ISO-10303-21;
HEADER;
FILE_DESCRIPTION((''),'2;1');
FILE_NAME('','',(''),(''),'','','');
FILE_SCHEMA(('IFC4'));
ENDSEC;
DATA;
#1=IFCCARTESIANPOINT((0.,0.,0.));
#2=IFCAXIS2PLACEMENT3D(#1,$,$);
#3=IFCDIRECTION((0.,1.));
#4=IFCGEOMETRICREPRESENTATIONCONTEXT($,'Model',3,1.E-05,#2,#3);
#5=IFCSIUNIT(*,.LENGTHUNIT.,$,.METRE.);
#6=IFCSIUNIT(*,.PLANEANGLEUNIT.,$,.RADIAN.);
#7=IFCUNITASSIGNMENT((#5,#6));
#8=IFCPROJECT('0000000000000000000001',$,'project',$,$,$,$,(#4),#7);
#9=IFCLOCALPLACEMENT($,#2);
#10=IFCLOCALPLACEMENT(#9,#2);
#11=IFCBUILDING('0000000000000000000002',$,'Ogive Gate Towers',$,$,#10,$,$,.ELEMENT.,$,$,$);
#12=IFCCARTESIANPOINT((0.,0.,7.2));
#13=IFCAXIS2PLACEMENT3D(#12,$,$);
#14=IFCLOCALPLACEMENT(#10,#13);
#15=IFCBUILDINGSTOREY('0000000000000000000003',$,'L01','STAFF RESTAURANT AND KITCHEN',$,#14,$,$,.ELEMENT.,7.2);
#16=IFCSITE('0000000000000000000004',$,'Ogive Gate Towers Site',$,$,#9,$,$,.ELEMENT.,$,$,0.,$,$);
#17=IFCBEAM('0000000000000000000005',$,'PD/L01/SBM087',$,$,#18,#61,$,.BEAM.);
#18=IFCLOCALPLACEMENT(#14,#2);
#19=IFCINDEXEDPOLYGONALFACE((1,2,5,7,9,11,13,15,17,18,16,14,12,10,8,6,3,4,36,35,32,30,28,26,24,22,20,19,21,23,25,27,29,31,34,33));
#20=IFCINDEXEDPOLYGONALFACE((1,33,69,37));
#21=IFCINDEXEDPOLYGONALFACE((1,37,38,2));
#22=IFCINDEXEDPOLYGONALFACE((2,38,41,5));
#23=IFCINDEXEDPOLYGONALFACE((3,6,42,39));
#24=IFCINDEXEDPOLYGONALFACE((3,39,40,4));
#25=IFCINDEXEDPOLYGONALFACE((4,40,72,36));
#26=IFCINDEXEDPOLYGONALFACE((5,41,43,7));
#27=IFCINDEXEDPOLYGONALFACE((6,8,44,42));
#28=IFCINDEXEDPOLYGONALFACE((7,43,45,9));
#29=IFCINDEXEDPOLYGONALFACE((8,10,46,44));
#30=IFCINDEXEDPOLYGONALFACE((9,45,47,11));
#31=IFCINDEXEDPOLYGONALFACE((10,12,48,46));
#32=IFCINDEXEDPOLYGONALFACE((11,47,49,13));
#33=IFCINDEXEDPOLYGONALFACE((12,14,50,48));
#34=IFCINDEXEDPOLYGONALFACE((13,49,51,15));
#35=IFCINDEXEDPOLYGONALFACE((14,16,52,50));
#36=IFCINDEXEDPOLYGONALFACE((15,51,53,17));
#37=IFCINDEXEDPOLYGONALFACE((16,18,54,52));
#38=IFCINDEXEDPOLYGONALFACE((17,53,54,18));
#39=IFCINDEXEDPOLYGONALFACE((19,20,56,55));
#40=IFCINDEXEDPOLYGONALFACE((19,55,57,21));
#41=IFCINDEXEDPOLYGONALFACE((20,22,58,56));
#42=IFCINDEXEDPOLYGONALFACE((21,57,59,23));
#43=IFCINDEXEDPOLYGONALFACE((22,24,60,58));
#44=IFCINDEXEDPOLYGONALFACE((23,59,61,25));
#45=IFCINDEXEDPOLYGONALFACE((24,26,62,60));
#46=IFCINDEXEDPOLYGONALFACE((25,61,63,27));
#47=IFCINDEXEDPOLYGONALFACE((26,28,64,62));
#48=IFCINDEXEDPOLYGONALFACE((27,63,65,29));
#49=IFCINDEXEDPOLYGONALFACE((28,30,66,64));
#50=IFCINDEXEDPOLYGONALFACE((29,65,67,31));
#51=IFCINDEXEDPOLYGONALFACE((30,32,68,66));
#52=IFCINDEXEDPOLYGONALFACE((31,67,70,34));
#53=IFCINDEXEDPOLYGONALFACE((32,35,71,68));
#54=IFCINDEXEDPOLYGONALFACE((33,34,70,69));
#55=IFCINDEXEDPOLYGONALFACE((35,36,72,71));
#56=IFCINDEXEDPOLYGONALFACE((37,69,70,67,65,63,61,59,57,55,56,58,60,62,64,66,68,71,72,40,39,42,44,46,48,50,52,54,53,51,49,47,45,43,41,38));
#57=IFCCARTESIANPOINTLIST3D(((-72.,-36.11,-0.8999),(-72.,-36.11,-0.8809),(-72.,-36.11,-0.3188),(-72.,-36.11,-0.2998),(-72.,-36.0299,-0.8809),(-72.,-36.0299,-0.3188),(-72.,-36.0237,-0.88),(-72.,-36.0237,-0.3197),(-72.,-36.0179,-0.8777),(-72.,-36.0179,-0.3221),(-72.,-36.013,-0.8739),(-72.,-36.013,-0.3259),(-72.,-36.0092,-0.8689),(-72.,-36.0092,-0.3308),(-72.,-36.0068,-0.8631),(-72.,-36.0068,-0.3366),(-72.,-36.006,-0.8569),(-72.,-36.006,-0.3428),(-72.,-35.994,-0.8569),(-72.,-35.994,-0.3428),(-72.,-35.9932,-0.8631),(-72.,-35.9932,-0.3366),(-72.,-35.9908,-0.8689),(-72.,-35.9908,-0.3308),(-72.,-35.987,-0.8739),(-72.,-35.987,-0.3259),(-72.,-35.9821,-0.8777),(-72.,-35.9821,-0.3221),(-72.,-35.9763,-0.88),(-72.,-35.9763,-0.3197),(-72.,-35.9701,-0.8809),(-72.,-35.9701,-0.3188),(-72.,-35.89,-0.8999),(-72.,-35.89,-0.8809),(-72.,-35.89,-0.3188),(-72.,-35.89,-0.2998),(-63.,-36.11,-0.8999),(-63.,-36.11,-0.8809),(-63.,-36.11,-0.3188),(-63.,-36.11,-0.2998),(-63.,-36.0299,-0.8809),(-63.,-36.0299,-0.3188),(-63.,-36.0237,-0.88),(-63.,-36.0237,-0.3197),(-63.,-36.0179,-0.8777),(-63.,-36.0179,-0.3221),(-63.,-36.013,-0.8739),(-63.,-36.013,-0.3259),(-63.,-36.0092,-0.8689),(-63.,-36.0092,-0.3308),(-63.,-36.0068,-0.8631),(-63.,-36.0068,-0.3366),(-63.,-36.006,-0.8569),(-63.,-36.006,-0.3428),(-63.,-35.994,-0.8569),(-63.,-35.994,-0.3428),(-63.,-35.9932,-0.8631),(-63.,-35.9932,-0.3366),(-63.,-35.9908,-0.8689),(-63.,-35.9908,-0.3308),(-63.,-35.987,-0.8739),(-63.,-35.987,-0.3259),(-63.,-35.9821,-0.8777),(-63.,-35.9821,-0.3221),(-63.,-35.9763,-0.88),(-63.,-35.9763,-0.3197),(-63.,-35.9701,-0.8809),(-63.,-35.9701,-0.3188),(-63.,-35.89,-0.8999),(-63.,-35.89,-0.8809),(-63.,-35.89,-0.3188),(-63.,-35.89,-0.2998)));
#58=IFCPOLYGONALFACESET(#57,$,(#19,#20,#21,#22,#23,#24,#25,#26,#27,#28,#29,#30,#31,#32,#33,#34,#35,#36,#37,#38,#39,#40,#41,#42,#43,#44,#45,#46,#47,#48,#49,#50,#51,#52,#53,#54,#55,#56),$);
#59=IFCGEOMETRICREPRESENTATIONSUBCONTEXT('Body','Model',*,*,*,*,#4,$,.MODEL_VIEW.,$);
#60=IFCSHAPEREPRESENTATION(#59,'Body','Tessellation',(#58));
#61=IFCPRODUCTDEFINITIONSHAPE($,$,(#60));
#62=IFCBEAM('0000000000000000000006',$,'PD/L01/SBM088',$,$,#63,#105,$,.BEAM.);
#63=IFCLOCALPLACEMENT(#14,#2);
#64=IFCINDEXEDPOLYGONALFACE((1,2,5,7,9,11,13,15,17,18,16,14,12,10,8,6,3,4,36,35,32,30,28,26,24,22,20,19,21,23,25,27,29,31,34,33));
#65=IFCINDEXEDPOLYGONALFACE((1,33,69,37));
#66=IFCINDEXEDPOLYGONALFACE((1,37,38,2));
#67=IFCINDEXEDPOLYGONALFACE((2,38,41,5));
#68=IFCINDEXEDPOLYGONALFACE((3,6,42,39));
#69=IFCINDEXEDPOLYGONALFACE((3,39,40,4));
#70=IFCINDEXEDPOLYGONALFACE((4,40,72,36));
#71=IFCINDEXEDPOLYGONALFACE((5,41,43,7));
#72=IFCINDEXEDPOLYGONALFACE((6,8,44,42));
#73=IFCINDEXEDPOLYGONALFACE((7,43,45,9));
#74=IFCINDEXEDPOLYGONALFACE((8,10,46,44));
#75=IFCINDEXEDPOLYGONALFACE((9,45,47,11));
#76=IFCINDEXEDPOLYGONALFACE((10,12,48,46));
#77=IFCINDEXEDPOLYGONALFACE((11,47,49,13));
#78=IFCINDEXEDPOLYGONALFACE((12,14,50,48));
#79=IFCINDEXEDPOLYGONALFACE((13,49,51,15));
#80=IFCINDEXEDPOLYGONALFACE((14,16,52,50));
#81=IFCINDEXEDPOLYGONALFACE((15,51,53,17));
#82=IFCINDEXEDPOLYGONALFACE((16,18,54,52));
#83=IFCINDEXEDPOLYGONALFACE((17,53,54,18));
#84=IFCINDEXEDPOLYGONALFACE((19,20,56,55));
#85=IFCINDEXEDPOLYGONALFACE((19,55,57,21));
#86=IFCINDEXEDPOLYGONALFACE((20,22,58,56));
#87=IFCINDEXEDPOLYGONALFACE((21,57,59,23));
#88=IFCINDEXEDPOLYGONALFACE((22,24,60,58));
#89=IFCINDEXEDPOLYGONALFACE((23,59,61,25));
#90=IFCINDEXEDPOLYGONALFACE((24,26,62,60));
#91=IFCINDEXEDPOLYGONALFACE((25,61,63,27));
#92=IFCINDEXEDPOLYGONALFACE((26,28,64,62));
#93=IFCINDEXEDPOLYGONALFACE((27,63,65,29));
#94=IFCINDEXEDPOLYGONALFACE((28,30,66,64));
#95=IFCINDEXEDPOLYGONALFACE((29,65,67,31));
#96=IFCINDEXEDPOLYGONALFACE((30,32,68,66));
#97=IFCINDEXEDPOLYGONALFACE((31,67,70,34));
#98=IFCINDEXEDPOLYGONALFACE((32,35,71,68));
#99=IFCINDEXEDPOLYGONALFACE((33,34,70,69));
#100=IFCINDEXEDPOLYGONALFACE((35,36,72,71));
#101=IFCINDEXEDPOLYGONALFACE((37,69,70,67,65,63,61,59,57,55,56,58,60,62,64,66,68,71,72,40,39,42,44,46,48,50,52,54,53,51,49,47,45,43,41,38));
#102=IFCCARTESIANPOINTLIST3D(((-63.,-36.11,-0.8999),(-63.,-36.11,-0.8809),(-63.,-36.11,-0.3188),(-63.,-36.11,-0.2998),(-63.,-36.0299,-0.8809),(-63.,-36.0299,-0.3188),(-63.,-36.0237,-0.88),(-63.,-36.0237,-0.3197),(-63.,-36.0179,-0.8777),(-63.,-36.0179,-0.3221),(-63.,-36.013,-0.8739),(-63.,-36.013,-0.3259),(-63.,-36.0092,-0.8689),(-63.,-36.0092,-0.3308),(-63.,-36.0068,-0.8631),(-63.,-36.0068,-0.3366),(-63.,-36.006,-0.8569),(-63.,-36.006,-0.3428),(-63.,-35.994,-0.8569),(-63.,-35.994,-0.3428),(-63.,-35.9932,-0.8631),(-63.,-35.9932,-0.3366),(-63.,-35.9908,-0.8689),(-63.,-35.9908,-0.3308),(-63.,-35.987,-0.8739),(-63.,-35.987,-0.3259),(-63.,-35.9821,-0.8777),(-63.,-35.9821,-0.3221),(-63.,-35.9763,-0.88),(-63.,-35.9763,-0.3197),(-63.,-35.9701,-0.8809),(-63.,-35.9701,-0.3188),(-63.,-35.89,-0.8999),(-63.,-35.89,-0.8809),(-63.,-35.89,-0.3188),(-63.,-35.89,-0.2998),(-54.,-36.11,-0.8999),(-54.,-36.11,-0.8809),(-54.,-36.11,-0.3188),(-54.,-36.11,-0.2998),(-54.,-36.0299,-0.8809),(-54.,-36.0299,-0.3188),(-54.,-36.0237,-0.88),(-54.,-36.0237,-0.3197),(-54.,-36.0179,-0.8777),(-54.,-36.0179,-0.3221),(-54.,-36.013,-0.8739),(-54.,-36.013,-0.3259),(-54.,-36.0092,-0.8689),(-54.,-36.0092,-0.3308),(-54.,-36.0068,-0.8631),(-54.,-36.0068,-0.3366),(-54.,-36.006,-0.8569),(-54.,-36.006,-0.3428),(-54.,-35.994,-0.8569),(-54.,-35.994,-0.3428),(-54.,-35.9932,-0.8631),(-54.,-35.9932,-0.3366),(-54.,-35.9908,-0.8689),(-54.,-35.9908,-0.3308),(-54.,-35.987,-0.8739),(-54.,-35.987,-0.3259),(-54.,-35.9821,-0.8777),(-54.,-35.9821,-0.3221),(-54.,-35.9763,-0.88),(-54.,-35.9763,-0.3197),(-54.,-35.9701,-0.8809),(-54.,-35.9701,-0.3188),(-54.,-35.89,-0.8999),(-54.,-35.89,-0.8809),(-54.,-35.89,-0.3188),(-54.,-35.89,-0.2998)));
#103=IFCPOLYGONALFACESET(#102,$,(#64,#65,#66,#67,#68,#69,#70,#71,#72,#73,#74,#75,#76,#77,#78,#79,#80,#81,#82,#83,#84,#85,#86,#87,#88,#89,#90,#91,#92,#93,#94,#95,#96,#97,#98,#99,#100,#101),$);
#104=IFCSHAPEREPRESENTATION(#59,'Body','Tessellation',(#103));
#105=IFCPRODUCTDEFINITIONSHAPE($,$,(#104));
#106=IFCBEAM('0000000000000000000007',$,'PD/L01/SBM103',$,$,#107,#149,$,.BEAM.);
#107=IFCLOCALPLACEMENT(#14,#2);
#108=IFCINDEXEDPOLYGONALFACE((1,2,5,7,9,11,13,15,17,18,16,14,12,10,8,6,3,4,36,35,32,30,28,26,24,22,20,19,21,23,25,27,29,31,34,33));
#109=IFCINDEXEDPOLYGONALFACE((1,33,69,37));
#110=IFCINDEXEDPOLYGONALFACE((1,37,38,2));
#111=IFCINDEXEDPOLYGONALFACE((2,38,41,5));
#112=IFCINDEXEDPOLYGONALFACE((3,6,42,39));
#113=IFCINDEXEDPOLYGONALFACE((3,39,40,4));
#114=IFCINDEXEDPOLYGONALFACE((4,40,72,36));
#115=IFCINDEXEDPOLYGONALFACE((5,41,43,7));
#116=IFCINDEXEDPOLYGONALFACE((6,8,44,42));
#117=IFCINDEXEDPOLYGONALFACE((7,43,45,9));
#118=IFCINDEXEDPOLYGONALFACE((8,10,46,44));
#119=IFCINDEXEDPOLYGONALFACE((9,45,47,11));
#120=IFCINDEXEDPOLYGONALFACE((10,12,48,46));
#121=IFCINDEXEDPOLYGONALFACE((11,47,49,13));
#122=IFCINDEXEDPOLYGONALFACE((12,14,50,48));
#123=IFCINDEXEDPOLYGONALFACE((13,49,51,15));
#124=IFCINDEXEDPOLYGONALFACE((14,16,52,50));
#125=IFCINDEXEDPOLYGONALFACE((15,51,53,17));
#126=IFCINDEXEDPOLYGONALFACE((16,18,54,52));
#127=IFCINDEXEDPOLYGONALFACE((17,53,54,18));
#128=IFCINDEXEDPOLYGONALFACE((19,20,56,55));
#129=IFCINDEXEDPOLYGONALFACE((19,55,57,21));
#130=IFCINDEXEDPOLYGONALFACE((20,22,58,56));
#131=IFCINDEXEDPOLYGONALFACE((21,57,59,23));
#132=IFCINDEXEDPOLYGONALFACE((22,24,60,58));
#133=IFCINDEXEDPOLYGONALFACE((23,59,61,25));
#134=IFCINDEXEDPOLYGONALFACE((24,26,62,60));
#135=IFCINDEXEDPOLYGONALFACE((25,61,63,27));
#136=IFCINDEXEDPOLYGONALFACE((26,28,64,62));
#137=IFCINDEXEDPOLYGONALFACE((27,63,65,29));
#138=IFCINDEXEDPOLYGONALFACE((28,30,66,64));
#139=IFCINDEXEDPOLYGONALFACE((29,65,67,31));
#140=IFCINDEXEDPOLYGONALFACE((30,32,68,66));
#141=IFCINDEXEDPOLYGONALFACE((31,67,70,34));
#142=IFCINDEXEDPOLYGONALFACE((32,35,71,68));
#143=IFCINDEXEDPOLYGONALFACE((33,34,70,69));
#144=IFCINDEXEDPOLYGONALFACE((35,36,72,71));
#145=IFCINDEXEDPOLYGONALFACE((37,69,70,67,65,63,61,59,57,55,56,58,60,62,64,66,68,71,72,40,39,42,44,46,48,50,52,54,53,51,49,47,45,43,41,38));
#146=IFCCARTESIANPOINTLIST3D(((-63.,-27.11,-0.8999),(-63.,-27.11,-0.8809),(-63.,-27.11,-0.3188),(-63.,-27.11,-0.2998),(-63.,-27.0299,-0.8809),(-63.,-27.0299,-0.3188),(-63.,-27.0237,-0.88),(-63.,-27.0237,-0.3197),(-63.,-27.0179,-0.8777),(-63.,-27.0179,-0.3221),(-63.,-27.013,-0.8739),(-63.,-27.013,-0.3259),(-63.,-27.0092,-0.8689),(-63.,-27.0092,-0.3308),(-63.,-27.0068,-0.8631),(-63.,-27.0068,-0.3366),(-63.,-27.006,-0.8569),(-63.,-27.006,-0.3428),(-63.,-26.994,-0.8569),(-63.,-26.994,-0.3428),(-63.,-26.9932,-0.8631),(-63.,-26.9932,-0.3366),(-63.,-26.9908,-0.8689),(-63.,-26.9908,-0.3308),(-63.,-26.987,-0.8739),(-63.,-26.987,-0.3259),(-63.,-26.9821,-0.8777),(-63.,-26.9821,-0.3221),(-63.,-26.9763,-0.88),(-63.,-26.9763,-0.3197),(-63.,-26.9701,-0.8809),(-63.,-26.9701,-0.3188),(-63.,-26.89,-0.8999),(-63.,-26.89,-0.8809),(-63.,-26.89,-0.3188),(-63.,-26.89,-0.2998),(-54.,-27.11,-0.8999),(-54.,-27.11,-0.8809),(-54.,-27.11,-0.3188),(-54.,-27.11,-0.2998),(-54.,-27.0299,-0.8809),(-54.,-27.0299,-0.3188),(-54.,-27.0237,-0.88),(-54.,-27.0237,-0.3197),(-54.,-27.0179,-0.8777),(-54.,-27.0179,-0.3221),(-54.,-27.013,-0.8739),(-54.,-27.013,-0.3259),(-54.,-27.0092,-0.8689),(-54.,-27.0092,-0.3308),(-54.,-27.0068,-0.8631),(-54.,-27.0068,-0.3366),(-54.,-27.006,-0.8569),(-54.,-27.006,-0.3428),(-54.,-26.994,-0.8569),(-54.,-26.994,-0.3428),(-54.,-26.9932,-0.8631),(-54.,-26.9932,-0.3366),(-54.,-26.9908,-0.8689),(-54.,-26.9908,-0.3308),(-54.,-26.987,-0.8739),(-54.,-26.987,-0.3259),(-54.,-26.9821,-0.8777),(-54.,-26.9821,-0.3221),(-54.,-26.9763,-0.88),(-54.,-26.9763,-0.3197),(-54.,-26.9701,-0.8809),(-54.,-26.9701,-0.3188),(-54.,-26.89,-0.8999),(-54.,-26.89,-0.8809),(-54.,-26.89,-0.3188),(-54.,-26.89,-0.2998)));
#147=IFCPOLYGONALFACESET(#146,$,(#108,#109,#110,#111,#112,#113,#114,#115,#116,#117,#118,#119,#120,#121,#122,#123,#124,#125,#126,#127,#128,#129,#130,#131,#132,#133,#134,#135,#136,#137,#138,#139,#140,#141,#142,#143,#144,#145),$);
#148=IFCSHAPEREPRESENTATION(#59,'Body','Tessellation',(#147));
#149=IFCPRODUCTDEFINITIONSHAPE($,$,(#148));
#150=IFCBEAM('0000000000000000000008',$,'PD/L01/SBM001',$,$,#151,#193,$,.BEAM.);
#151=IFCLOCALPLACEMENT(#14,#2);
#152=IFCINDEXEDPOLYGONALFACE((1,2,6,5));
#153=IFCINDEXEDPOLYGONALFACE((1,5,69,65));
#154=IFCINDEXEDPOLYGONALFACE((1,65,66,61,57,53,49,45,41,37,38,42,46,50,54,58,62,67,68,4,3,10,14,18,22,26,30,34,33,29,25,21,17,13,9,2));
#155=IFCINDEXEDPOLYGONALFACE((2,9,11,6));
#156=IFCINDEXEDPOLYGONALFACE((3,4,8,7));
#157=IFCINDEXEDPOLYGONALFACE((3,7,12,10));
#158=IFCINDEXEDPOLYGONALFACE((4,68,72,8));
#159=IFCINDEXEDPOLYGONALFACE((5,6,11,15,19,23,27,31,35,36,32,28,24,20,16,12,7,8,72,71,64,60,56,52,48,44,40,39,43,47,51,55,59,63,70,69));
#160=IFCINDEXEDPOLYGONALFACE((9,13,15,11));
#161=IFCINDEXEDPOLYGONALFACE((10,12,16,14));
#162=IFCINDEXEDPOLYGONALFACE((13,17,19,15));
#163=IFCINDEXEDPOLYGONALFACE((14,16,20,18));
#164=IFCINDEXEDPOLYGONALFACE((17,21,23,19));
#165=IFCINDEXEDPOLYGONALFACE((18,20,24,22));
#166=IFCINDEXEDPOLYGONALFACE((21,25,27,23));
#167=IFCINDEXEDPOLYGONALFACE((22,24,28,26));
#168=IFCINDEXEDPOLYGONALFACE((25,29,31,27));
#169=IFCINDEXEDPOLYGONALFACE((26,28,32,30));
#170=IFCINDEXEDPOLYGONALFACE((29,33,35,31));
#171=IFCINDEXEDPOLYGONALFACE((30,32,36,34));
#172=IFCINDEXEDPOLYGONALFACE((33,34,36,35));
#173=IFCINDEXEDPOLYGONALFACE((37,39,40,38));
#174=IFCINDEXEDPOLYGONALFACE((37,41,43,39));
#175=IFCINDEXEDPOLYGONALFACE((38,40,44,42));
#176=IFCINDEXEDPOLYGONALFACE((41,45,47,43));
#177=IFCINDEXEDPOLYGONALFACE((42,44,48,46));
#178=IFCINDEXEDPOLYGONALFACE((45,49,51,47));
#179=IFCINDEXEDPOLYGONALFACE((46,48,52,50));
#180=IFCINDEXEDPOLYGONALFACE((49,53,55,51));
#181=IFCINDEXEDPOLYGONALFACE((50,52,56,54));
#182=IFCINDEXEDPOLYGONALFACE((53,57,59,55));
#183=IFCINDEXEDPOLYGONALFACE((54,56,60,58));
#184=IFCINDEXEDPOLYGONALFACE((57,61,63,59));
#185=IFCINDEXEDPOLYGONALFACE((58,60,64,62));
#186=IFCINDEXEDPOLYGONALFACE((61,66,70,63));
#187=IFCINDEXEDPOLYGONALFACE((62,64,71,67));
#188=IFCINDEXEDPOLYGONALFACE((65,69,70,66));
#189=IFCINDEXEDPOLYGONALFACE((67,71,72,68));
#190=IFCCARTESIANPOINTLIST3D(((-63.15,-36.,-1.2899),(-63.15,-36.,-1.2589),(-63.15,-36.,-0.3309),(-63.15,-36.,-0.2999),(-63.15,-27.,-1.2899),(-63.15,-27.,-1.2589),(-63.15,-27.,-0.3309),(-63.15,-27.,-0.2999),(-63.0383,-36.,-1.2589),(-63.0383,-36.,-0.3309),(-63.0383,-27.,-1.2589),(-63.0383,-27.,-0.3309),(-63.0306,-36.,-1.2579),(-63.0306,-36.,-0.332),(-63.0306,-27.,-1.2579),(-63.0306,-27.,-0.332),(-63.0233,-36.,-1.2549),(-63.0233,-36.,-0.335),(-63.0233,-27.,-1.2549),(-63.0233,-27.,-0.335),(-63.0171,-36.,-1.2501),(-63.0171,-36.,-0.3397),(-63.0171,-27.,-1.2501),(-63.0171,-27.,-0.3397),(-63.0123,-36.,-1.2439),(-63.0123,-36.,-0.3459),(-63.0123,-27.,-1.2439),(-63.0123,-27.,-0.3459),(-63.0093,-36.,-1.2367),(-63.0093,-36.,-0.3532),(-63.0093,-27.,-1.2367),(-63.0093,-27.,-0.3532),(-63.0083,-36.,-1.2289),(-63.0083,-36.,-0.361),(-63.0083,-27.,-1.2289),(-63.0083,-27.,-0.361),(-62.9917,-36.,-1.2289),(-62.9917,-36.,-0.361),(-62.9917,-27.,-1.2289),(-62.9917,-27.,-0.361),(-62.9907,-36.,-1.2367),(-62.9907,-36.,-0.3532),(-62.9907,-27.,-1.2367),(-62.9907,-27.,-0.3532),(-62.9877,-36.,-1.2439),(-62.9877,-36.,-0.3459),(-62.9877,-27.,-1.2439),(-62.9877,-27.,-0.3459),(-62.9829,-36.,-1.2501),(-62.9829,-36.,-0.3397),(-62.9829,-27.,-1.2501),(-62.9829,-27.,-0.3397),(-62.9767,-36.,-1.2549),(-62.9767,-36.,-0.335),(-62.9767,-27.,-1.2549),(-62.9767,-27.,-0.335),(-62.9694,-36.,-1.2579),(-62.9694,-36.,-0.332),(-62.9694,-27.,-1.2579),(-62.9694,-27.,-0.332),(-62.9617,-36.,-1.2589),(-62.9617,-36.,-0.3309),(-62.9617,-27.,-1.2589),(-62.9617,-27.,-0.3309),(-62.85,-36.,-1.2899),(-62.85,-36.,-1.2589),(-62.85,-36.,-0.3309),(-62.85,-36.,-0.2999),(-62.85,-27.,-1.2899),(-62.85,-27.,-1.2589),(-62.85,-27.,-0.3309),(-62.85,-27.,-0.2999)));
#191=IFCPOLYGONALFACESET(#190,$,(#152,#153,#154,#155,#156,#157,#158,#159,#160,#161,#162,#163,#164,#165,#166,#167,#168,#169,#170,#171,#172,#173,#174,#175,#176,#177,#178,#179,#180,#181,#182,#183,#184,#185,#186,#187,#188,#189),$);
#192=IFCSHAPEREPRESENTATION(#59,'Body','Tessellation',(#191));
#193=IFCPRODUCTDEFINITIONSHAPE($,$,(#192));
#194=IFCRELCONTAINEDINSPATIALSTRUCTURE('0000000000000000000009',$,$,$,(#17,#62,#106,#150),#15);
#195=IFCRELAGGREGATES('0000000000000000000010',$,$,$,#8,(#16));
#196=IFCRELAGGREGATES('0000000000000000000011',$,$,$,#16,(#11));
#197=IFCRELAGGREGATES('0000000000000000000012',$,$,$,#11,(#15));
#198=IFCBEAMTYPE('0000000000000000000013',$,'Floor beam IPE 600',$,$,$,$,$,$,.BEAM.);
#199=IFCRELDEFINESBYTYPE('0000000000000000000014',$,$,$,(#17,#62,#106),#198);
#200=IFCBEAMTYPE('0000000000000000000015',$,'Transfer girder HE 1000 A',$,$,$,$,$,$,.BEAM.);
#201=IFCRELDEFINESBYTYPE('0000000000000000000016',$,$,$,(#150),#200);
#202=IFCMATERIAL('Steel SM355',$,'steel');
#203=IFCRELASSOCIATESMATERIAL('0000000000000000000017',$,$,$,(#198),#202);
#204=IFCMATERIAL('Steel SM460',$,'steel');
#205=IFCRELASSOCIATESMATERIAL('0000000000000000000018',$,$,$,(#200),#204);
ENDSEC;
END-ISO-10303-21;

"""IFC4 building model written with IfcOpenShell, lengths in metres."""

from ifc_helpers import new_model, si_unit, direction, frame, origin, origin_2d, place, context, subcontext, project, spatial, i_section, extrude, material, material_profile, profile_set, type_object, element, save


model = new_model("IFC4")

# Units and contexts
model_context = context("Model", 3, precision=1e-05, world=origin(), true_north=direction((0.0, 1.0)))
body_context = subcontext(model_context, "Body", "Model", "MODEL_VIEW")
ifc_project = project(units=[si_unit("LENGTHUNIT", "METRE"), si_unit("PLANEANGLEUNIT", "RADIAN")], contexts=[model_context])

# Site, building, storey
site_placement = place(None, origin())
site = spatial("IfcSite", under=ifc_project, at=site_placement, Name="Ogive Gate Towers Site", CompositionType="ELEMENT", RefElevation=0.0)
building_placement = place(site_placement, origin())
building = spatial("IfcBuilding", under=site, at=building_placement, Name="Ogive Gate Towers", CompositionType="ELEMENT")
storey_placement = place(building_placement, frame((0.0, 0.0, 7.2)))
storey = spatial("IfcBuildingStorey", under=building, at=storey_placement, Name="L01", Description="STAFF RESTAURANT AND KITCHEN", CompositionType="ELEMENT", Elevation=7.2)

# Beams
ifc_material_1 = material(Name="Steel SM355", Category="steel")
ifc_material_profile_1 = material_profile(ifc_material_1, i_section(OverallWidth=0.22, OverallDepth=0.6001, WebThickness=0.012, FlangeThickness=0.019, FilletRadius=0.0239, at=origin_2d()), Name="IPE 600")
ifc_profile_set_1 = profile_set([ifc_material_profile_1], Name="Steel SM355")
beam_type_1 = type_object("IfcBeamType", Name="Floor beam IPE 600", PredefinedType="BEAM", material=ifc_profile_set_1)
for number, where, z_axis, x_axis, name in (
    (1, (-72.0, -36.0, -0.5999), (1.0, 0.0, 0.0), (0.0, 1.0, 0.0), "PD/L01/SBM087"),
    (2, (-63.0, -36.0, -0.5999), (1.0, 0.0, 0.0), (0.0, 1.0, 0.0), "PD/L01/SBM088"),
    (3, (-63.0, -27.0, -0.5999), (1.0, 0.0, 0.0), (0.0, 1.0, 0.0), "PD/L01/SBM103"),
):
    element("IfcBeam", number, at=place(storey_placement, frame(where, z_axis=z_axis, x_axis=x_axis)), inside=storey, type_object=beam_type_1, Name=name, PredefinedType="BEAM", context=body_context, shape_type="SweptSolid", body=[
        extrude(i_section(OverallWidth=0.22, OverallDepth=0.6001, WebThickness=0.012, FlangeThickness=0.019, FilletRadius=0.0239, at=origin_2d()), origin(), (0.0, 0.0, 1.0), 9.0),
    ])
ifc_material_2 = material(Name="Steel SM460", Category="steel")
ifc_material_profile_2 = material_profile(ifc_material_2, i_section(OverallWidth=0.3, OverallDepth=0.99, WebThickness=0.0166, FlangeThickness=0.031, FilletRadius=0.03, at=origin_2d()), Name="HE 1000 A")
ifc_profile_set_2 = profile_set([ifc_material_profile_2], Name="Steel SM460")
beam_type_2 = type_object("IfcBeamType", Name="Transfer girder HE 1000 A", PredefinedType="BEAM", material=ifc_profile_set_2)
for number, where, z_axis, x_axis, name in (
    (4, (-63.0, -36.0, -0.7949), (0.0, 1.0, 0.0), (-1.0, 0.0, 0.0), "PD/L01/SBM001"),
):
    element("IfcBeam", number, at=place(storey_placement, frame(where, z_axis=z_axis, x_axis=x_axis)), inside=storey, type_object=beam_type_2, Name=name, PredefinedType="BEAM", context=body_context, shape_type="SweptSolid", body=[
        extrude(i_section(OverallWidth=0.3, OverallDepth=0.99, WebThickness=0.0166, FlangeThickness=0.031, FilletRadius=0.03, at=origin_2d()), origin(), (0.0, 0.0, 1.0), 9.0),
    ])

save(model, "model.ifc")
